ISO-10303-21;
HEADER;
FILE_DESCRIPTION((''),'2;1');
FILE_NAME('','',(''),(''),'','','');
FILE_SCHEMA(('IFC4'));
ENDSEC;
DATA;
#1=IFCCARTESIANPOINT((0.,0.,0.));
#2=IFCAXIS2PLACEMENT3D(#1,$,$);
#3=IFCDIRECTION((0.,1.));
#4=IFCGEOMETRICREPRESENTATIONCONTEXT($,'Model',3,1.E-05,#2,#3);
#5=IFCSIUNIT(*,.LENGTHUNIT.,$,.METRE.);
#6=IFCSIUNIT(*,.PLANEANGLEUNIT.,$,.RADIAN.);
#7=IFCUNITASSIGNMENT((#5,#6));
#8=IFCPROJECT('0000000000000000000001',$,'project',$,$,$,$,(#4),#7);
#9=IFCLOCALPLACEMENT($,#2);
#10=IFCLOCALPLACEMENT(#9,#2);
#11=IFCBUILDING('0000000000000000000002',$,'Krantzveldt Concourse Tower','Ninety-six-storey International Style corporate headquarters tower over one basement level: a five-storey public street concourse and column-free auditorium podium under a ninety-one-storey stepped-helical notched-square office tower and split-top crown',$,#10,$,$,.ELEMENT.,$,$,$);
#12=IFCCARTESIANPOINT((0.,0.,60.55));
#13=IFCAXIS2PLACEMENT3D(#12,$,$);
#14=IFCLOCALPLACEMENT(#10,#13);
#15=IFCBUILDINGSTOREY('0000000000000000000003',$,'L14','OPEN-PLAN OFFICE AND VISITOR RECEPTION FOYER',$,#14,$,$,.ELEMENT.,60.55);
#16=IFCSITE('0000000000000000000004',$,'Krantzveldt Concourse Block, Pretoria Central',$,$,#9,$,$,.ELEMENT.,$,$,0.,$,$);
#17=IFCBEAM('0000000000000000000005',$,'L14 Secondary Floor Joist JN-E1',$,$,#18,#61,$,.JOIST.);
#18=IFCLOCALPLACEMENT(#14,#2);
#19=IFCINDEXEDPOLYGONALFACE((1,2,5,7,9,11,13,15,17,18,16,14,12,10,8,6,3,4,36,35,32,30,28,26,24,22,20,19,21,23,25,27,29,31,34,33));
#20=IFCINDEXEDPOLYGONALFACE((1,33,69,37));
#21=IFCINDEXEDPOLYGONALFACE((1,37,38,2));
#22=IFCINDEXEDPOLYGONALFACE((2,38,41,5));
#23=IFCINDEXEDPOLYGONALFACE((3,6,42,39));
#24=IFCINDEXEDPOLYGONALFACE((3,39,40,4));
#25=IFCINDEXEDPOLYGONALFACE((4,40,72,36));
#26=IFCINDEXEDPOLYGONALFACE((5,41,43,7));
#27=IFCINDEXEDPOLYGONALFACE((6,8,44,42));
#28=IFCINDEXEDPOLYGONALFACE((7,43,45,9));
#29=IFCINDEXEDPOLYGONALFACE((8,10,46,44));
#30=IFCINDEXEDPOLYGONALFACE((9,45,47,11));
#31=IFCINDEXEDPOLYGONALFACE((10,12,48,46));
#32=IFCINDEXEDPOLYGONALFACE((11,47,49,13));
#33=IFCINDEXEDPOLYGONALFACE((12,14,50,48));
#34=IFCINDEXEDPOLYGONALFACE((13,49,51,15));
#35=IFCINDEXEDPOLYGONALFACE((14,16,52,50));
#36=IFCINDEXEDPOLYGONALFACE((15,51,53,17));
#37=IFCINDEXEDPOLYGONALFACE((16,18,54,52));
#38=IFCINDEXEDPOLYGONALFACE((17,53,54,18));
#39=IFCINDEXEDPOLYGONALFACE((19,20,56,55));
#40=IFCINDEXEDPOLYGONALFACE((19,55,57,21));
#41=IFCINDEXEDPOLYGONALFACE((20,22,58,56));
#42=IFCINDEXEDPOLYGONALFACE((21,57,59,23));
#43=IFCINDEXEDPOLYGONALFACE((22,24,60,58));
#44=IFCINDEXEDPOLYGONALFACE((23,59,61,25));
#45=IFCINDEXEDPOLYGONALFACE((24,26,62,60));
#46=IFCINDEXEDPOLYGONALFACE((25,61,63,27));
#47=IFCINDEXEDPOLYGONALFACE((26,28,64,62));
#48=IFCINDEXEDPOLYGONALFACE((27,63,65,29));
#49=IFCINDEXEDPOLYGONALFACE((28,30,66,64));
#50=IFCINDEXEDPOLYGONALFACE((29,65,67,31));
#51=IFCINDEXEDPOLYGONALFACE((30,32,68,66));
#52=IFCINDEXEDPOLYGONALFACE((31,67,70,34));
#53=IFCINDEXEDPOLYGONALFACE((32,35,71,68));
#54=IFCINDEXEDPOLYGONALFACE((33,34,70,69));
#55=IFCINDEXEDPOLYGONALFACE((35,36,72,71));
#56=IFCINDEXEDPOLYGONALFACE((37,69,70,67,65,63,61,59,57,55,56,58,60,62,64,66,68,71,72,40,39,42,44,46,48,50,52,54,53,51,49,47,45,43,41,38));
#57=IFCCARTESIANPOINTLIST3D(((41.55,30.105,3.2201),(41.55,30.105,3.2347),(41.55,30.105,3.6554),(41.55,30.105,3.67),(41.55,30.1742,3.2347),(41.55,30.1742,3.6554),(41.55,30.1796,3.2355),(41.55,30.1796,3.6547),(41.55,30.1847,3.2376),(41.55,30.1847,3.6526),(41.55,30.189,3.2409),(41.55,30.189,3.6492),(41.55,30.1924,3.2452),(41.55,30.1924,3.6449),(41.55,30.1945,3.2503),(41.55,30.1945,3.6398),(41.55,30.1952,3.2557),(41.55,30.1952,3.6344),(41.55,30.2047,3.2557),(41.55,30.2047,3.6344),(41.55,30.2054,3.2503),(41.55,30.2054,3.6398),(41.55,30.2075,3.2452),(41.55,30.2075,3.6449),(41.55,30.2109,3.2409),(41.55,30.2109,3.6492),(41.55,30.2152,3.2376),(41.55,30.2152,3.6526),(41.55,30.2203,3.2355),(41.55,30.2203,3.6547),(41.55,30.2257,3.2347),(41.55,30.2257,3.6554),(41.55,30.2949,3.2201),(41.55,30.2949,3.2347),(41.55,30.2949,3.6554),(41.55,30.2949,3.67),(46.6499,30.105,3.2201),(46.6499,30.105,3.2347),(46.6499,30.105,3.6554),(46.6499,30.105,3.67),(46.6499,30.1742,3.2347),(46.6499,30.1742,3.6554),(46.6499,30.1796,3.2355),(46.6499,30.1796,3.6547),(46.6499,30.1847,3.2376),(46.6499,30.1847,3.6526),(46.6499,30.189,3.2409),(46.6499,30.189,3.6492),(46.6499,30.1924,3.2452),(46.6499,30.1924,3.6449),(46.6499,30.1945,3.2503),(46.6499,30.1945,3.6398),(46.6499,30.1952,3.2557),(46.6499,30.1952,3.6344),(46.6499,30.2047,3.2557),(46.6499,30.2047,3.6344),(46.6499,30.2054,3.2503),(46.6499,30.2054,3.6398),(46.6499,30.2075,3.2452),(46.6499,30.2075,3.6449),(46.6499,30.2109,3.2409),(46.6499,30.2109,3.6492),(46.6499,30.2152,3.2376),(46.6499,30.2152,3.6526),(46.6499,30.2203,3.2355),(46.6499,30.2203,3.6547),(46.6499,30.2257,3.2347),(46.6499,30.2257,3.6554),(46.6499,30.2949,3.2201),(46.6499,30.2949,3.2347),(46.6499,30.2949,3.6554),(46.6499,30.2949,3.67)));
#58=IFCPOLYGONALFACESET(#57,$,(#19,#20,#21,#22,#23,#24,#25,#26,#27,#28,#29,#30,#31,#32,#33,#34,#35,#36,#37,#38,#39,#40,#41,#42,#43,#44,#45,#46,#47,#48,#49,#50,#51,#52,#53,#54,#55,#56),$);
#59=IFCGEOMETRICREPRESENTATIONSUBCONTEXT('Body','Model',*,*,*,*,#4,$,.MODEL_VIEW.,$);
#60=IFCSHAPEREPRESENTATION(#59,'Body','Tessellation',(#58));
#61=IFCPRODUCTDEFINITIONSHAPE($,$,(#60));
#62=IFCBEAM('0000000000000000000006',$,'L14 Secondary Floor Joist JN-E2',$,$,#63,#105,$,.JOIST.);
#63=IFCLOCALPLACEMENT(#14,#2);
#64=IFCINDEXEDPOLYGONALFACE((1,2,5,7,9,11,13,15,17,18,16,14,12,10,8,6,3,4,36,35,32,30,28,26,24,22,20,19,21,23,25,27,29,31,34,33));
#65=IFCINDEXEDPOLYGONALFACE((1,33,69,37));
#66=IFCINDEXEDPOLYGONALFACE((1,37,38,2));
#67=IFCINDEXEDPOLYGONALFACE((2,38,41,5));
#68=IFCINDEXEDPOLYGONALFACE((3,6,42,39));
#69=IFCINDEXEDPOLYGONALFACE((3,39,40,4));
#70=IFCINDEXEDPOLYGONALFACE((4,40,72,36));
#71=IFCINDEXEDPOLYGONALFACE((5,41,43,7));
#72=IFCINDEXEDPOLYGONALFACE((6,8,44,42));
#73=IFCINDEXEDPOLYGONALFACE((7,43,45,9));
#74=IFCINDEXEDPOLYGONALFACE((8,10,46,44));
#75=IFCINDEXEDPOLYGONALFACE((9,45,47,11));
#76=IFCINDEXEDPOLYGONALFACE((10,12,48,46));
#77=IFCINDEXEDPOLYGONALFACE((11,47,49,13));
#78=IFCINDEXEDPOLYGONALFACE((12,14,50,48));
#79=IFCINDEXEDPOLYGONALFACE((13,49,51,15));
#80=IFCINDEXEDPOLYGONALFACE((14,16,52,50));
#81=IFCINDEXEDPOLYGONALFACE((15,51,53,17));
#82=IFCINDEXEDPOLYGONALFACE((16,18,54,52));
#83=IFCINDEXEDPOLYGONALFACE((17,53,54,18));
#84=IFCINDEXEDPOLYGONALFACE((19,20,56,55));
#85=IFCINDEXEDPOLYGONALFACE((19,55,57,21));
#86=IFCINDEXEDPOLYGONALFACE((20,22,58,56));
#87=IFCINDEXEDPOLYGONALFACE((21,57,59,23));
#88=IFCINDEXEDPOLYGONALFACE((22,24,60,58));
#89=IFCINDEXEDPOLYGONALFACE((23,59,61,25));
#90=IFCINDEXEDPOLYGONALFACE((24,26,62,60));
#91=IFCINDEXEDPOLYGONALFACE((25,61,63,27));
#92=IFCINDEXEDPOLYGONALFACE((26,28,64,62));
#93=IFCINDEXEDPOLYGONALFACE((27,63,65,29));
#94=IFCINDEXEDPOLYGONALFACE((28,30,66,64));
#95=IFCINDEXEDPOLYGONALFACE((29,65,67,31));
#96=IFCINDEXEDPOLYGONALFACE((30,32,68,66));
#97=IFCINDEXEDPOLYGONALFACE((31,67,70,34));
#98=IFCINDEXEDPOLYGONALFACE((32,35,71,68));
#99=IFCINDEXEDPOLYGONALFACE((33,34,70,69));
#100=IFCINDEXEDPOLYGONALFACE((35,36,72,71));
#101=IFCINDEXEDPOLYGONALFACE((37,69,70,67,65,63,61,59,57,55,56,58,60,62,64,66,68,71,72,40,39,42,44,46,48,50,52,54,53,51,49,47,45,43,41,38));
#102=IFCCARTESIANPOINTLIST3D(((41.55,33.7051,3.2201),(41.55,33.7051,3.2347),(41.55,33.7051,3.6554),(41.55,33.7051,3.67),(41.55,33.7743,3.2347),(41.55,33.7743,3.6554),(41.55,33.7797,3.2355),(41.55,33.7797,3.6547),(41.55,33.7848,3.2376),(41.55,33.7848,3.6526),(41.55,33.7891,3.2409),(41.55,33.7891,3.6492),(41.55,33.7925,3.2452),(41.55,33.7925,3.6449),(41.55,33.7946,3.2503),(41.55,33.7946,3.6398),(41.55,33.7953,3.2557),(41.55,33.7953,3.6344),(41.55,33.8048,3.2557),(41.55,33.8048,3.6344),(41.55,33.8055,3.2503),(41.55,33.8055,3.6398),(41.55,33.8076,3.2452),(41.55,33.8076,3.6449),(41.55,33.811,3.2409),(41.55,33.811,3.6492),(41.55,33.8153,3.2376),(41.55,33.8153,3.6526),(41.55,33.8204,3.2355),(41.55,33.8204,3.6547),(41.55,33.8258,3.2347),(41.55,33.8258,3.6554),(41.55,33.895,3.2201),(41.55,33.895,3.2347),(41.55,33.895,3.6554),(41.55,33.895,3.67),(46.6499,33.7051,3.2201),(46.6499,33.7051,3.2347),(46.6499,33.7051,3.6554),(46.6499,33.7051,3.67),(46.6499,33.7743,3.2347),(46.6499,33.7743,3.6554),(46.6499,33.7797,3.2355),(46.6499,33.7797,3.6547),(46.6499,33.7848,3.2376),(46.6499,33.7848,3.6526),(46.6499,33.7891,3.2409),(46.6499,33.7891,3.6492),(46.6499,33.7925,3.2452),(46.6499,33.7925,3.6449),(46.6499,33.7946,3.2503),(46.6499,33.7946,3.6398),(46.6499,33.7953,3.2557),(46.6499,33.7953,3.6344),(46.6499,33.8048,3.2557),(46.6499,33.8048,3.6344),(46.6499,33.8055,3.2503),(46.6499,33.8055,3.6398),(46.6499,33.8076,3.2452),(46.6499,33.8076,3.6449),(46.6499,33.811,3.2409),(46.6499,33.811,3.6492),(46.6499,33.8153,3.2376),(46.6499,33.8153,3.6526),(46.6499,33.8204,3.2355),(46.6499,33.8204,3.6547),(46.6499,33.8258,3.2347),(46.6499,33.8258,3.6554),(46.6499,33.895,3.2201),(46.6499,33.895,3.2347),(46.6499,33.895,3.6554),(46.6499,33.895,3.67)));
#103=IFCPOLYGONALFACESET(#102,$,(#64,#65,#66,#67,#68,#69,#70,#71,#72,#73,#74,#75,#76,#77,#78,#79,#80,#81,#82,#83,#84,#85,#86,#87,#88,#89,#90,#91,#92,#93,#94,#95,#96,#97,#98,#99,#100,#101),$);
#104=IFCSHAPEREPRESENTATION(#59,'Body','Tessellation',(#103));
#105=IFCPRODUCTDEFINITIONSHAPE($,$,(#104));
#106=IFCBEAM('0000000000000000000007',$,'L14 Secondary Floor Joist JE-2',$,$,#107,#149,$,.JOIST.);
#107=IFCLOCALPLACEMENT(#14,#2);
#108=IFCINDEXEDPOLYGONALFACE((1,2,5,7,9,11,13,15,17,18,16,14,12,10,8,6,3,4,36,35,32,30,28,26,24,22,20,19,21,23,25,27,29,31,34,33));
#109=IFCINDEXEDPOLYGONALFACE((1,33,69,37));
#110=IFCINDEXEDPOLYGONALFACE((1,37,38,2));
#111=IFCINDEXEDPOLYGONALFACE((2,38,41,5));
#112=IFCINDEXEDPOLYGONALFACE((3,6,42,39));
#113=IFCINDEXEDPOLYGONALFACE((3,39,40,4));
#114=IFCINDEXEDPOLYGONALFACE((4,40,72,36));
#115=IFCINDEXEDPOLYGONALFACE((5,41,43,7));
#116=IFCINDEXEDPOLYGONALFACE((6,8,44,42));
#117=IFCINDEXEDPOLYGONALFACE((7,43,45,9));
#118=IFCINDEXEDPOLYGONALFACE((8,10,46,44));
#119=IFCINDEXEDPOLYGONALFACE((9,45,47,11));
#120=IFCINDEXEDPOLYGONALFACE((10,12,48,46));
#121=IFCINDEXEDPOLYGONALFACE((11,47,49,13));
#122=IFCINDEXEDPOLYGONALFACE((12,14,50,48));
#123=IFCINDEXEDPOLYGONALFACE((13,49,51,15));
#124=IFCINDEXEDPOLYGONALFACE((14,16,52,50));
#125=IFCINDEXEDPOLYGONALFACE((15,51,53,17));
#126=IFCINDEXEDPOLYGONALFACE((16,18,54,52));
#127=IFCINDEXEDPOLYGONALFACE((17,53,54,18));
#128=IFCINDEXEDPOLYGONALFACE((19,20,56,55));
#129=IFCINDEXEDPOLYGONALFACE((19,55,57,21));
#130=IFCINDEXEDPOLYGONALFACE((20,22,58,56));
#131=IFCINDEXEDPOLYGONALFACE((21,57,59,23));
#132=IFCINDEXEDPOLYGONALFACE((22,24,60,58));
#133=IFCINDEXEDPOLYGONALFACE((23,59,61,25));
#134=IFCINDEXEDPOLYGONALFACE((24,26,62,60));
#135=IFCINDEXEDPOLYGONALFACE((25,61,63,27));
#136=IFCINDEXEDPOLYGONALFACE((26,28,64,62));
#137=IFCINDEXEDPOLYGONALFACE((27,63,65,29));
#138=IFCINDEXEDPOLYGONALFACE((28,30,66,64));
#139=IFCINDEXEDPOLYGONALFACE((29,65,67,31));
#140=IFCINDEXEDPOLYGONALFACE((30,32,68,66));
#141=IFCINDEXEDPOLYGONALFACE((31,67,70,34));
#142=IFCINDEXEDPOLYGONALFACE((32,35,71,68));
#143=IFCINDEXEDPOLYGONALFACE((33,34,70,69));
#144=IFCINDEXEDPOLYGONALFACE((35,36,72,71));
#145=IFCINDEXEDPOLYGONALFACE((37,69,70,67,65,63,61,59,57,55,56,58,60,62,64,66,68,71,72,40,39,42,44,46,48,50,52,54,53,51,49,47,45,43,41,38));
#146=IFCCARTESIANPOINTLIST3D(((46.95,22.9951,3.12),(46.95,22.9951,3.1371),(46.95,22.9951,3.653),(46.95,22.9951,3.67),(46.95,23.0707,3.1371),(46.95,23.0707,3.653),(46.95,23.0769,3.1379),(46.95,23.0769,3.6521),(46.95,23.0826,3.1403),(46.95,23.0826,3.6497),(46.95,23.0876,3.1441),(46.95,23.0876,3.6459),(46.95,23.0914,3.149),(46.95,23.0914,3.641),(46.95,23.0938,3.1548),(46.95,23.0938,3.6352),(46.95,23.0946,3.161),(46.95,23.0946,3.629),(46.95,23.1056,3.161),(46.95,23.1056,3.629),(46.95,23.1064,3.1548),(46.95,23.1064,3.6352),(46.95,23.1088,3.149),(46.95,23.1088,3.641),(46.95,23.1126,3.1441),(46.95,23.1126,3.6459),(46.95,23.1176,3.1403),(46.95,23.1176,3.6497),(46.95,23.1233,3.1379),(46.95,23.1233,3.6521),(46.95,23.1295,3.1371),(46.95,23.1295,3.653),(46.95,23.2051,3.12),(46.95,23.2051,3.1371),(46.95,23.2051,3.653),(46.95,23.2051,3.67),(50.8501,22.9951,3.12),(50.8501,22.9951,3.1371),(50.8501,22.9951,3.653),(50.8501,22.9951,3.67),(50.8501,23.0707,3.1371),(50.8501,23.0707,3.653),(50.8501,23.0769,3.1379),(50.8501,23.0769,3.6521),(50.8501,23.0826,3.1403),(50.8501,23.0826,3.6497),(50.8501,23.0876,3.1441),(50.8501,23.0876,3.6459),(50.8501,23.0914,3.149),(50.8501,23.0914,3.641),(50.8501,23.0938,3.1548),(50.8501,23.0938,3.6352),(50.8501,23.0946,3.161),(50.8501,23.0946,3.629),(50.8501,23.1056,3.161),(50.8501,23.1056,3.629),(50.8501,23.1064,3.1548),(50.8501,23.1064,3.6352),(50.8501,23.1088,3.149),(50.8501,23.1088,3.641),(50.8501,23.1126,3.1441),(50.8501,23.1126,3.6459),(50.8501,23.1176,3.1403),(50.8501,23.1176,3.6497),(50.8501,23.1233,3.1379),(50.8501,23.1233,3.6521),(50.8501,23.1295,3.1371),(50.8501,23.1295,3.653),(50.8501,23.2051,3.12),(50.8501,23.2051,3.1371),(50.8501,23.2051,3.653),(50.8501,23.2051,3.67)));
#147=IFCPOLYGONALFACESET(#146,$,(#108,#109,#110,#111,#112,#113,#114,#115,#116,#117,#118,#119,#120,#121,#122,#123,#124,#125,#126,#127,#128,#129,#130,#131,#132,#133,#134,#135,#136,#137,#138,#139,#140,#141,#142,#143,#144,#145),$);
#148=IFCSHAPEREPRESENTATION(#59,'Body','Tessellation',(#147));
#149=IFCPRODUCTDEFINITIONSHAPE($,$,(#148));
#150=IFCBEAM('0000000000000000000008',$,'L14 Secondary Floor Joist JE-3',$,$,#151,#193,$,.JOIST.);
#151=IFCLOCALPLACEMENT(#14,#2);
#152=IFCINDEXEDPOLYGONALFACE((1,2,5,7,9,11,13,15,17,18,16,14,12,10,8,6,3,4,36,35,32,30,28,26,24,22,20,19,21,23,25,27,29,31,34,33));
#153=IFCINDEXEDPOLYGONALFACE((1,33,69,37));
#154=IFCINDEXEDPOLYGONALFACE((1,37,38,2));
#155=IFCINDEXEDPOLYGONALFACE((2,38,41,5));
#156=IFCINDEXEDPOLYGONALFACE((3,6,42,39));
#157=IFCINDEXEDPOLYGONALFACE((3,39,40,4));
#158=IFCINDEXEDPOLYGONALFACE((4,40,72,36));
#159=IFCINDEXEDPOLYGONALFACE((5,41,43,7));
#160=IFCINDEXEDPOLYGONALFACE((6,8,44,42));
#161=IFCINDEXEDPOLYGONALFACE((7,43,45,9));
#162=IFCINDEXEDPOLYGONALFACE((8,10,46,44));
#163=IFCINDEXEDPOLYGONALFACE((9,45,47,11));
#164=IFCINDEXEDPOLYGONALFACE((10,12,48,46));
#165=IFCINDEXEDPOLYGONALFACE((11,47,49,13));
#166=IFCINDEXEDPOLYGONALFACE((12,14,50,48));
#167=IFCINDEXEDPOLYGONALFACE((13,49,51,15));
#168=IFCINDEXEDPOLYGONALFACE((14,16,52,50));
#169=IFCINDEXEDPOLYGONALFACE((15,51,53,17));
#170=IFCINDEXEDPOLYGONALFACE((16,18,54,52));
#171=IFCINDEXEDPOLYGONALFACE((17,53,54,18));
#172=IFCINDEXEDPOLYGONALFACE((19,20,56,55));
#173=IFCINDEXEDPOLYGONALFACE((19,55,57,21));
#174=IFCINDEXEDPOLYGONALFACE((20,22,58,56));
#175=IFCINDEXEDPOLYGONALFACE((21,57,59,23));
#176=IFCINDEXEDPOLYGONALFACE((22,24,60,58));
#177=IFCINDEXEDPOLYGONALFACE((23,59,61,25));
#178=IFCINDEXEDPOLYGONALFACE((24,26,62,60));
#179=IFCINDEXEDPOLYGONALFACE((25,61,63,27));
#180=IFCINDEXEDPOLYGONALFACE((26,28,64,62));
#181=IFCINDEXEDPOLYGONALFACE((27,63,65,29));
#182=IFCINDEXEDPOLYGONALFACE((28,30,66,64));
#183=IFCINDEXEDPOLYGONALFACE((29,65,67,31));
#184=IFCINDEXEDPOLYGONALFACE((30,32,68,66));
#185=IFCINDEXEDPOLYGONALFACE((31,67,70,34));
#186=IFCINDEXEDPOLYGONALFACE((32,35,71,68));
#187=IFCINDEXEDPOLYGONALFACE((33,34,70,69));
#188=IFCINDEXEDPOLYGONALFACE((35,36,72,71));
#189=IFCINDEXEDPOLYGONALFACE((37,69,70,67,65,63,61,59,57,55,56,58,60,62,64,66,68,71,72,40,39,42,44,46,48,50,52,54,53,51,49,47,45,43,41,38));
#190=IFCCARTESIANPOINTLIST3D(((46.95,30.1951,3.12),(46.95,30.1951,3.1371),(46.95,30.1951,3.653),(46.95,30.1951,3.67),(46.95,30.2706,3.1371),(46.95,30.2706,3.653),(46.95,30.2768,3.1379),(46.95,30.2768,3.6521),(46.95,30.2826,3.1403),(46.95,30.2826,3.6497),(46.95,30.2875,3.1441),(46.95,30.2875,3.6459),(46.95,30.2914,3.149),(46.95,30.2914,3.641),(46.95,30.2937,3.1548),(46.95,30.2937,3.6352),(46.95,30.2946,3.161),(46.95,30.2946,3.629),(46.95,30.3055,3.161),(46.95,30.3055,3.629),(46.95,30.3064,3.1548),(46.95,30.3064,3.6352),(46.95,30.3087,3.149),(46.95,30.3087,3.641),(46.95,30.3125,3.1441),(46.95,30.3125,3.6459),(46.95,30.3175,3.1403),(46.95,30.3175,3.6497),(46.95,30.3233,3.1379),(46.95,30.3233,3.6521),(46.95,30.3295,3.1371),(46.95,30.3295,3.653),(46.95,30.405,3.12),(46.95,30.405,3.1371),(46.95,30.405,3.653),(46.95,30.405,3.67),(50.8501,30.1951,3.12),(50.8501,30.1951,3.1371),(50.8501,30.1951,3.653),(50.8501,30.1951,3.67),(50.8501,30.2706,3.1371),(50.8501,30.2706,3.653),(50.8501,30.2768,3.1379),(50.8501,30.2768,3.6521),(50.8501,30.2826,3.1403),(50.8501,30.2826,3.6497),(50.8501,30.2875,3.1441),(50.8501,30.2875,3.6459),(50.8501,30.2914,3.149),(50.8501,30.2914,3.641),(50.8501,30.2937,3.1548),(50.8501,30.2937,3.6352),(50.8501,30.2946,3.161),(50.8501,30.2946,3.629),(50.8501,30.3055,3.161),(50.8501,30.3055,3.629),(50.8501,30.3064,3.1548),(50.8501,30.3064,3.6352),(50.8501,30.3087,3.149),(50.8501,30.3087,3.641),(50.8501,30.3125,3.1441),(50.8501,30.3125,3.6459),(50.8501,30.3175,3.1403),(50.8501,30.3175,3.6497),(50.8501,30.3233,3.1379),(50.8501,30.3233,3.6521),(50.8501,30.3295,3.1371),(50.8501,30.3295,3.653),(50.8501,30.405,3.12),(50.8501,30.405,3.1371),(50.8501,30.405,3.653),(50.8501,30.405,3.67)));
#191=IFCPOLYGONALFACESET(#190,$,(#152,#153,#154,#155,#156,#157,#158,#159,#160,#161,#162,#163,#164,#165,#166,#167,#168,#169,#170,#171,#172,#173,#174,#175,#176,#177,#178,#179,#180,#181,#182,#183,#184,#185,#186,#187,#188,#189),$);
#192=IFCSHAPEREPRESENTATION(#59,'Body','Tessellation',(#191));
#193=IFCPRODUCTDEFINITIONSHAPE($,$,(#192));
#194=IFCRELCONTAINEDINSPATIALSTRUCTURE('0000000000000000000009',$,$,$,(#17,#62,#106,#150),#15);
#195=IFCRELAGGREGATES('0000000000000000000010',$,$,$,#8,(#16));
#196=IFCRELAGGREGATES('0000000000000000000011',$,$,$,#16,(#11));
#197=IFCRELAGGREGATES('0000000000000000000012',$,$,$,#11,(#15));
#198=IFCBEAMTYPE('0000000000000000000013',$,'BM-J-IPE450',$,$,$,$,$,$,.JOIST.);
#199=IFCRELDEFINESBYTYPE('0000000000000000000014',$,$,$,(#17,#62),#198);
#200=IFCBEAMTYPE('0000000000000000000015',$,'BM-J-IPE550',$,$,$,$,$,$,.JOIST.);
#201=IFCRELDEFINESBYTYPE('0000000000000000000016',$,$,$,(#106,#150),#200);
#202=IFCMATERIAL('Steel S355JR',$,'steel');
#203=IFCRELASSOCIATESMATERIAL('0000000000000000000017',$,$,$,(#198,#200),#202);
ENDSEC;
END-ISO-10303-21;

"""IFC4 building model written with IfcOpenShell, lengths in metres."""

from ifc_helpers import new_model, si_unit, direction, frame, origin, origin_2d, place, context, subcontext, project, spatial, i_section, extrude, source, transform, mapped, material, material_profile, profile_set, type_object, type_shapes, element, save


model = new_model("IFC4")

# Units and contexts
model_context = context("Model", 3, precision=1e-05, world=origin(), true_north=direction((0.0, 1.0)))
body_context = subcontext(model_context, "Body", "Model", "MODEL_VIEW")
ifc_project = project(units=[si_unit("LENGTHUNIT", "METRE"), si_unit("PLANEANGLEUNIT", "RADIAN")], contexts=[model_context])

# Site, building, storey
site_placement = place(None, origin())
site = spatial("IfcSite", under=ifc_project, at=site_placement, Name="Krantzveldt Concourse Block, Pretoria Central", CompositionType="ELEMENT", RefElevation=0.0)
building_placement = place(site_placement, origin())
building = spatial("IfcBuilding", under=site, at=building_placement, Name="Krantzveldt Concourse Tower", Description="Ninety-six-storey International Style corporate headquarters tower over one basement level: a five-storey public street concourse and column-free auditorium podium under a ninety-one-storey stepped-helical notched-square office tower and split-top crown", CompositionType="ELEMENT")
storey_placement = place(building_placement, frame((0.0, 0.0, 60.55)))
storey = spatial("IfcBuildingStorey", under=building, at=storey_placement, Name="L14", Description="OPEN-PLAN OFFICE AND VISITOR RECEPTION FOYER", CompositionType="ELEMENT", Elevation=60.55)

# Beams
ifc_material_1 = material(Name="Steel S355JR", Category="steel")
ifc_material_profile_1 = material_profile(ifc_material_1, i_section(OverallWidth=0.1899, OverallDepth=0.45, WebThickness=0.0095, FlangeThickness=0.0146, FilletRadius=0.021, at=origin_2d()), Name="Steel S355JR", Category="steel")
ifc_profile_set_1 = profile_set([ifc_material_profile_1], Name="Steel S355JR - IPE 450")
beam_type_1 = type_object("IfcBeamType", Name="BM-J-IPE450", PredefinedType="JOIST", material=ifc_profile_set_1)
shared_shape_1 = source(origin(), body_context, "Body", "SweptSolid", [
    extrude(i_section(OverallWidth=0.1899, OverallDepth=0.45, WebThickness=0.0095, FlangeThickness=0.0146, FilletRadius=0.021, at=origin_2d()), origin(), (0.0, 0.0, 1.0), 5.0999),
])
type_shapes(beam_type_1, [shared_shape_1])
for number, where, z_axis, x_axis, name in (
    (1, (41.55, 30.2, 3.4451), (1.0, 0.0, 0.0), (0.0, 1.0, 0.0), "L14 Secondary Floor Joist JN-E1"),
    (2, (41.55, 33.8, 3.4451), (1.0, 0.0, 0.0), (0.0, 1.0, 0.0), "L14 Secondary Floor Joist JN-E2"),
):
    element("IfcBeam", number, at=place(storey_placement, frame(where, z_axis=z_axis, x_axis=x_axis)), inside=storey, type_object=beam_type_1, Name=name, PredefinedType="JOIST", context=body_context, shape_type="MappedRepresentation", body=[
        mapped(shared_shape_1, transform((0.0, 0.0, 0.0), x_axis=(1.0, 0.0, 0.0), y_axis=(0.0, 1.0, 0.0), z_axis=(0.0, 0.0, 1.0), scale=1.0)),
    ])
ifc_material_profile_2 = material_profile(ifc_material_1, i_section(OverallWidth=0.21, OverallDepth=0.55, WebThickness=0.011, FlangeThickness=0.0171, FilletRadius=0.0239, at=origin_2d()), Name="Steel S355JR", Category="steel")
ifc_profile_set_2 = profile_set([ifc_material_profile_2], Name="Steel S355JR - IPE 550")
beam_type_2 = type_object("IfcBeamType", Name="BM-J-IPE550", PredefinedType="JOIST", material=ifc_profile_set_2)
shared_shape_2 = source(origin(), body_context, "Body", "SweptSolid", [
    extrude(i_section(OverallWidth=0.21, OverallDepth=0.55, WebThickness=0.011, FlangeThickness=0.0171, FilletRadius=0.0239, at=origin_2d()), origin(), (0.0, 0.0, 1.0), 3.9001),
])
type_shapes(beam_type_2, [shared_shape_2])
for number, where, z_axis, x_axis, name in (
    (3, (46.95, 23.1001, 3.395), (1.0, 0.0, 0.0), (0.0, 1.0, 0.0), "L14 Secondary Floor Joist JE-2"),
    (4, (46.95, 30.3, 3.395), (1.0, 0.0, 0.0), (0.0, 1.0, 0.0), "L14 Secondary Floor Joist JE-3"),
):
    element("IfcBeam", number, at=place(storey_placement, frame(where, z_axis=z_axis, x_axis=x_axis)), inside=storey, type_object=beam_type_2, Name=name, PredefinedType="JOIST", context=body_context, shape_type="MappedRepresentation", body=[
        mapped(shared_shape_2, transform((0.0, 0.0, 0.0), x_axis=(1.0, 0.0, 0.0), y_axis=(0.0, 1.0, 0.0), z_axis=(0.0, 0.0, 1.0), scale=1.0)),
    ])

save(model, "model.ifc")
